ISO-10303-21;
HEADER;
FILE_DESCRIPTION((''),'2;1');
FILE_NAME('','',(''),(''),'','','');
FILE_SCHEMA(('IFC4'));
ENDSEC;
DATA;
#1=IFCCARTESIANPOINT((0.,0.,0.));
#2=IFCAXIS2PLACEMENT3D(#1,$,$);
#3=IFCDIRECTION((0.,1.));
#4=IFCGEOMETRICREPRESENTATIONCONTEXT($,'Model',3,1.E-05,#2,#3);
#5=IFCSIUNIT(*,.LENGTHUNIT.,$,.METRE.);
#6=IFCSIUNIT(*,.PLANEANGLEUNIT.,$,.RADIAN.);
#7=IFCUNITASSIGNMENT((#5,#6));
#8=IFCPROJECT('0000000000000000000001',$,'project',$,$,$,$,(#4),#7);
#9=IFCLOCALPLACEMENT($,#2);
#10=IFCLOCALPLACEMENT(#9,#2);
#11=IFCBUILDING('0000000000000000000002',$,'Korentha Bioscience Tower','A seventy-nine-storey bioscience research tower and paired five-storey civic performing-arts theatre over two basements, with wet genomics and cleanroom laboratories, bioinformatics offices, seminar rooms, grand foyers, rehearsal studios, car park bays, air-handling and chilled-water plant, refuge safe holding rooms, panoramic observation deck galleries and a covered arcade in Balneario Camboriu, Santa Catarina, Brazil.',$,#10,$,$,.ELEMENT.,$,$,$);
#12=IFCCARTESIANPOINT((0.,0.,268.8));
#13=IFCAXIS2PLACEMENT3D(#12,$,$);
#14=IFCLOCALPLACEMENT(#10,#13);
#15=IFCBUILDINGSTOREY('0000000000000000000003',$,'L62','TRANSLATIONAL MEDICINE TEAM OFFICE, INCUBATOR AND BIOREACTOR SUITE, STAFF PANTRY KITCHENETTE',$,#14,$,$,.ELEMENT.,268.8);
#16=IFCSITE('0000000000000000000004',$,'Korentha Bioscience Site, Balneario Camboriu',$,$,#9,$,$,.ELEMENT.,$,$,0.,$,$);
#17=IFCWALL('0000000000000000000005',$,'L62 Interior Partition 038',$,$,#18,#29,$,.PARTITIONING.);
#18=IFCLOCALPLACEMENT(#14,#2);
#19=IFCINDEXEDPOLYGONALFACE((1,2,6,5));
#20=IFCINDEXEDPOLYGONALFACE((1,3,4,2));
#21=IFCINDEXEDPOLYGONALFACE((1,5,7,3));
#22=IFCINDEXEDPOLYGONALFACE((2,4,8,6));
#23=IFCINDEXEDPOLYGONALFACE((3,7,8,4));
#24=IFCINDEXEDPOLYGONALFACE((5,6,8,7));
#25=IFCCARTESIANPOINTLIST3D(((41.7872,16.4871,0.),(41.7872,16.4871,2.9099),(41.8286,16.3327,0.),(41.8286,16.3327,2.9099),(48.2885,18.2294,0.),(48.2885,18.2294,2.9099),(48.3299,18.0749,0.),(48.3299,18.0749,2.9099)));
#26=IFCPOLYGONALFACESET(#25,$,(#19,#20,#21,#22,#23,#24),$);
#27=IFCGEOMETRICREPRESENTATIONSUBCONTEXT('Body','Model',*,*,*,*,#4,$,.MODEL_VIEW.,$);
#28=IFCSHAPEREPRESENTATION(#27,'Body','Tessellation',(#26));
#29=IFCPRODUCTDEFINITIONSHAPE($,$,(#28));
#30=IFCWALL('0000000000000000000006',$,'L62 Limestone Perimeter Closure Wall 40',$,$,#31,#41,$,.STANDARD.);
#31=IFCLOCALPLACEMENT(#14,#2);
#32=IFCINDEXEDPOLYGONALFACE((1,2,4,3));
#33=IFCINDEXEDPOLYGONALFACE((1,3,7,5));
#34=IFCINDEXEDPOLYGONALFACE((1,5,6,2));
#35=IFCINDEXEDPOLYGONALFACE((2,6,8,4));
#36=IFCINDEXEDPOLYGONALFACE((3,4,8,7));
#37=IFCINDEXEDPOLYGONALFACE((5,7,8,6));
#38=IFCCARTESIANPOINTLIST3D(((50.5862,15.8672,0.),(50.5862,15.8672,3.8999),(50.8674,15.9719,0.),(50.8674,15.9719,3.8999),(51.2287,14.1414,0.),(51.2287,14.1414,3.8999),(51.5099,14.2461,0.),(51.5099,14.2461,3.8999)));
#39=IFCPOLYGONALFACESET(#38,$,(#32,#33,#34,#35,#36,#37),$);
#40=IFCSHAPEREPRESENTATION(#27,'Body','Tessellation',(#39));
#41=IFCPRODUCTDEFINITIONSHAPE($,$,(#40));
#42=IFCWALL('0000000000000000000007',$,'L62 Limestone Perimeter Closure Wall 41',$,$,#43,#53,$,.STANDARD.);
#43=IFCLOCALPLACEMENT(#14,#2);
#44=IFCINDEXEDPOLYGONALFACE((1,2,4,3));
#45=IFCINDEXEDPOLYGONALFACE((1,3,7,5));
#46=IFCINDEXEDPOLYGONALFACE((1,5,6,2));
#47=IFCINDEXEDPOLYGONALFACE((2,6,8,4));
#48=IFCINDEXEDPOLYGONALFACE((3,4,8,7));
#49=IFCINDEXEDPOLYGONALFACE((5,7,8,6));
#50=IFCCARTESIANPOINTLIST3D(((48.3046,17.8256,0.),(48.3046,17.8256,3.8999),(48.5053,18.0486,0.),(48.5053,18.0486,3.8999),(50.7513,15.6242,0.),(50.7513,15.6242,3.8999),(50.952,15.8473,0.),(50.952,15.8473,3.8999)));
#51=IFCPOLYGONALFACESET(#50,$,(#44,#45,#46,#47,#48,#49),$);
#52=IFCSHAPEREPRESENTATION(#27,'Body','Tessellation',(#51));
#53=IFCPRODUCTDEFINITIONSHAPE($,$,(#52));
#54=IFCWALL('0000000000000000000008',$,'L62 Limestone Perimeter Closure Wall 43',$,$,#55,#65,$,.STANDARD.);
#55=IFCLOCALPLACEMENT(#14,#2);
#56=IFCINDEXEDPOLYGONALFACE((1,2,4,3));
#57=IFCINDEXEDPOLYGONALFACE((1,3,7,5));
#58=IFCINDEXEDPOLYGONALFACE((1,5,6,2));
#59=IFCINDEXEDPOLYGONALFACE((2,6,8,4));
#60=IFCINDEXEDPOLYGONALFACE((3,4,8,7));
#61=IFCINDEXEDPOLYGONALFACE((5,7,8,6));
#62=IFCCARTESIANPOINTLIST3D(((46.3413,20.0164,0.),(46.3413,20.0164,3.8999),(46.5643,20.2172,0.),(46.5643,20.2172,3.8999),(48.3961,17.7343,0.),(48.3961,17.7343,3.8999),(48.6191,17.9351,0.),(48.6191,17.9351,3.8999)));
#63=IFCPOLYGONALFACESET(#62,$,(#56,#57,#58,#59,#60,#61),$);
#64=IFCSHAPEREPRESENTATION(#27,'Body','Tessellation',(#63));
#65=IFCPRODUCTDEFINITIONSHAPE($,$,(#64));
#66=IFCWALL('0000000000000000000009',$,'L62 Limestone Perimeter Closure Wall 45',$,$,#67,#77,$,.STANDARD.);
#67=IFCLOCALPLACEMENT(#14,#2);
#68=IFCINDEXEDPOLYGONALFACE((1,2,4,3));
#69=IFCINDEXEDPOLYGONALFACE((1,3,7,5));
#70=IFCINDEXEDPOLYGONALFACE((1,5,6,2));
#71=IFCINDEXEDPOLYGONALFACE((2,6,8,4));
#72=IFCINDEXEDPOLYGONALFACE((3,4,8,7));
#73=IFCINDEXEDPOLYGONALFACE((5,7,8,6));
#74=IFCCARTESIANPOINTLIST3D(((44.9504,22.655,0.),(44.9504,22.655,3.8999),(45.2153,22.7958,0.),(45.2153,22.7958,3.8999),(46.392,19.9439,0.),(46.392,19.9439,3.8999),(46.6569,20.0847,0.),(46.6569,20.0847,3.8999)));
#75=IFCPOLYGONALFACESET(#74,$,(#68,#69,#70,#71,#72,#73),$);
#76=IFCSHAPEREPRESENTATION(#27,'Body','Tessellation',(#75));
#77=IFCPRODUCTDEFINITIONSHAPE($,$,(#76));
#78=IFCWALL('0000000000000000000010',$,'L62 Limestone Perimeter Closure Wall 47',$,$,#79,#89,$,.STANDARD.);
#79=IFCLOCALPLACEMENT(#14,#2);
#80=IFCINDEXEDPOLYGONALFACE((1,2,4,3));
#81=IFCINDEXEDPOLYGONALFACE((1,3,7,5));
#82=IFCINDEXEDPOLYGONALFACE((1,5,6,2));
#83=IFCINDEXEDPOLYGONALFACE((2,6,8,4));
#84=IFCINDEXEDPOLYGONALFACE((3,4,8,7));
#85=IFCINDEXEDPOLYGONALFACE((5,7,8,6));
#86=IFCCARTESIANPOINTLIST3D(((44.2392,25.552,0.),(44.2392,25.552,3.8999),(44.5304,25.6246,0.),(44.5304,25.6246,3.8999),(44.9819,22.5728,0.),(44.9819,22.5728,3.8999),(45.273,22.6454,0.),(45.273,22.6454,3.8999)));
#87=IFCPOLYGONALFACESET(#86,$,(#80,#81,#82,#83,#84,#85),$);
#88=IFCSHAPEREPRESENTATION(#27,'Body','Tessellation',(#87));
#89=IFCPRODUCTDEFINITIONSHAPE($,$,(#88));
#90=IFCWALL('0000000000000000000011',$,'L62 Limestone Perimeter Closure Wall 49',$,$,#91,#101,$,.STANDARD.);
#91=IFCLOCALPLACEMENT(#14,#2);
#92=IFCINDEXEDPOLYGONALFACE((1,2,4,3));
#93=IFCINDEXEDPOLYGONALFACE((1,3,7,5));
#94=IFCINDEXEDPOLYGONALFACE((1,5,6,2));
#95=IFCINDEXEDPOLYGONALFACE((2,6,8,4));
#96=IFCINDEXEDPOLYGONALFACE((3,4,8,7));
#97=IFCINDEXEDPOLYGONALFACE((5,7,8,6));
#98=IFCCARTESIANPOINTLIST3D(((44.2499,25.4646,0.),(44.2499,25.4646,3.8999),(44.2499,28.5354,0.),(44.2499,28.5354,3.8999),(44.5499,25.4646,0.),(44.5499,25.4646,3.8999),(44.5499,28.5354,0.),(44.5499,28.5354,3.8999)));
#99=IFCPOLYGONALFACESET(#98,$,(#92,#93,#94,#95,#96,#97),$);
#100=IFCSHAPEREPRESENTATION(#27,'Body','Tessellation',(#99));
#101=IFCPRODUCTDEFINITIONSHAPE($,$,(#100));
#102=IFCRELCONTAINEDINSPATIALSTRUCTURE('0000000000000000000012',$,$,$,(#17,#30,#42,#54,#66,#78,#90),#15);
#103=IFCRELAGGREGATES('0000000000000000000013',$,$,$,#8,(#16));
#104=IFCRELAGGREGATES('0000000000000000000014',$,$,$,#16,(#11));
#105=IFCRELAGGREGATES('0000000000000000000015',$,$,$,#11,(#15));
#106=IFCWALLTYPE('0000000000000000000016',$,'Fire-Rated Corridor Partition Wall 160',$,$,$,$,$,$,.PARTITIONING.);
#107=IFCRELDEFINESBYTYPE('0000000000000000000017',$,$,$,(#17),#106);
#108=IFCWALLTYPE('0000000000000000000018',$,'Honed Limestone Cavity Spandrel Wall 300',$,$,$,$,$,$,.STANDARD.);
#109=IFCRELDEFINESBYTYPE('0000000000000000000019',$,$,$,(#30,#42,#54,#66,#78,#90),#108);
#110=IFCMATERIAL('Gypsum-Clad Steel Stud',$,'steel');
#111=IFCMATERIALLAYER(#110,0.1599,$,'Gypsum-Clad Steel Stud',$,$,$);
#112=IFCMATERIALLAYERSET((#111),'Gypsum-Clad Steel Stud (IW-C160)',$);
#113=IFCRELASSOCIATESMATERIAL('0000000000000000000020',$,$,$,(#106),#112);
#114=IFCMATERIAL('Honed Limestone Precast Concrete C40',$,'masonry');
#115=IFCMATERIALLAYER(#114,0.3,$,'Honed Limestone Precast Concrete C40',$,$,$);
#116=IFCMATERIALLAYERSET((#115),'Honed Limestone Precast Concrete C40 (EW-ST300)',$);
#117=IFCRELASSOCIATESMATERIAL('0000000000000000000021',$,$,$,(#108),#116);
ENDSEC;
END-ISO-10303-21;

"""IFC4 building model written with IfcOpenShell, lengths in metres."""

from ifc_helpers import new_model, si_unit, direction, frame, frame_2d, origin, place, context, subcontext, project, spatial, rectangle, extrude, material, layer, layer_set, type_object, element, save


model = new_model("IFC4")

# Units and contexts
model_context = context("Model", 3, precision=1e-05, world=origin(), true_north=direction((0.0, 1.0)))
body_context = subcontext(model_context, "Body", "Model", "MODEL_VIEW")
ifc_project = project(units=[si_unit("LENGTHUNIT", "METRE"), si_unit("PLANEANGLEUNIT", "RADIAN")], contexts=[model_context])

# Site, building, storey
site_placement = place(None, origin())
site = spatial("IfcSite", under=ifc_project, at=site_placement, Name="Korentha Bioscience Site, Balneario Camboriu", CompositionType="ELEMENT", RefElevation=0.0)
building_placement = place(site_placement, origin())
building = spatial("IfcBuilding", under=site, at=building_placement, Name="Korentha Bioscience Tower", Description="A seventy-nine-storey bioscience research tower and paired five-storey civic performing-arts theatre over two basements, with wet genomics and cleanroom laboratories, bioinformatics offices, seminar rooms, grand foyers, rehearsal studios, car park bays, air-handling and chilled-water plant, refuge safe holding rooms, panoramic observation deck galleries and a covered arcade in Balneario Camboriu, Santa Catarina, Brazil.", CompositionType="ELEMENT")
storey_placement = place(building_placement, frame((0.0, 0.0, 268.8)))
storey = spatial("IfcBuildingStorey", under=building, at=storey_placement, Name="L62", Description="TRANSLATIONAL MEDICINE TEAM OFFICE, INCUBATOR AND BIOREACTOR SUITE, STAFF PANTRY KITCHENETTE", CompositionType="ELEMENT", Elevation=268.8)

# Shared definitions
ifc_material_1 = material(Name="Gypsum-Clad Steel Stud", Category="steel")
ifc_layer_1 = layer(ifc_material_1, 0.1599, Name="Gypsum-Clad Steel Stud")
ifc_layer_set_1 = layer_set([ifc_layer_1], Name="Gypsum-Clad Steel Stud (IW-C160)")
wall_type_1 = type_object("IfcWallType", Name="Fire-Rated Corridor Partition Wall 160", PredefinedType="PARTITIONING", material=ifc_layer_set_1)

# Walls
wall_1_placement = place(storey_placement, frame((48.3091, 18.1521, 0.0), z_axis=(0.0, 0.0, 1.0), x_axis=(-0.965919, -0.258845, 0.0)))
element("IfcWall", 1, at=wall_1_placement, inside=storey, type_object=wall_type_1, Name="L62 Interior Partition 038", PredefinedType="PARTITIONING", context=body_context, shape_type="SweptSolid", body=[
    extrude(rectangle(XDim=6.7307, YDim=0.1599, at=frame_2d((3.3652, 0.0))), origin(), (0.0, 0.0, 1.0), 2.9099),
])
ifc_material_2 = material(Name="Honed Limestone Precast Concrete C40", Category="masonry")
ifc_layer_2 = layer(ifc_material_2, 0.3, Name="Honed Limestone Precast Concrete C40")
ifc_layer_set_2 = layer_set([ifc_layer_2], Name="Honed Limestone Precast Concrete C40 (EW-ST300)")
wall_type_2 = type_object("IfcWallType", Name="Honed Limestone Cavity Spandrel Wall 300", PredefinedType="STANDARD", material=ifc_layer_set_2)
wall_2_placement = place(storey_placement, frame((51.3694, 14.1936, 0.0), z_axis=(0.0, 0.0, 1.0), x_axis=(-0.348929, 0.937149, 0.0)))
element("IfcWall", 2, at=wall_2_placement, inside=storey, type_object=wall_type_2, Name="L62 Limestone Perimeter Closure Wall 40", PredefinedType="STANDARD", context=body_context, shape_type="SweptSolid", body=[
    extrude(rectangle(XDim=1.8416, YDim=0.3, at=frame_2d((0.9209, 0.0))), origin(), (0.0, 0.0, 1.0), 3.8999),
])
wall_3_placement = place(storey_placement, frame((50.8516, 15.7358, 0.0), z_axis=(0.0, 0.0, 1.0), x_axis=(-0.743397, 0.66885, 0.0)))
element("IfcWall", 3, at=wall_3_placement, inside=storey, type_object=wall_type_2, Name="L62 Limestone Perimeter Closure Wall 41", PredefinedType="STANDARD", context=body_context, shape_type="SweptSolid", body=[
    extrude(rectangle(XDim=3.2913, YDim=0.3, at=frame_2d((1.6455, 0.0))), origin(), (0.0, 0.0, 1.0), 3.8999),
])
wall_4_placement = place(storey_placement, frame((48.5076, 17.8347, 0.0), z_axis=(0.0, 0.0, 1.0), x_axis=(-0.669127, 0.743148, 0.0)))
element("IfcWall", 4, at=wall_4_placement, inside=storey, type_object=wall_type_2, Name="L62 Limestone Perimeter Closure Wall 43", PredefinedType="STANDARD", context=body_context, shape_type="SweptSolid", body=[
    extrude(rectangle(XDim=3.0708, YDim=0.3, at=frame_2d((1.5354, 0.0))), origin(), (0.0, 0.0, 1.0), 3.8999),
])
wall_5_placement = place(storey_placement, frame((46.5244, 20.0144, 0.0), z_axis=(0.0, 0.0, 1.0), x_axis=(-0.469494, 0.882936, 0.0)))
element("IfcWall", 5, at=wall_5_placement, inside=storey, type_object=wall_type_2, Name="L62 Limestone Perimeter Closure Wall 45", PredefinedType="STANDARD", context=body_context, shape_type="SweptSolid", body=[
    extrude(rectangle(XDim=3.0706, YDim=0.3, at=frame_2d((1.5352, 0.0))), origin(), (0.0, 0.0, 1.0), 3.8999),
])
wall_6_placement = place(storey_placement, frame((45.1274, 22.6091, 0.0), z_axis=(0.0, 0.0, 1.0), x_axis=(-0.241881, 0.970306, 0.0)))
element("IfcWall", 6, at=wall_6_placement, inside=storey, type_object=wall_type_2, Name="L62 Limestone Perimeter Closure Wall 47", PredefinedType="STANDARD", context=body_context, shape_type="SweptSolid", body=[
    extrude(rectangle(XDim=3.0703, YDim=0.3, at=frame_2d((1.5352, 0.0))), origin(), (0.0, 0.0, 1.0), 3.8999),
])
wall_7_placement = place(storey_placement, frame((44.3999, 25.4646, 0.0), z_axis=(0.0, 0.0, 1.0), x_axis=(0.0, 1.0, 0.0)))
element("IfcWall", 7, at=wall_7_placement, inside=storey, type_object=wall_type_2, Name="L62 Limestone Perimeter Closure Wall 49", PredefinedType="STANDARD", context=body_context, shape_type="SweptSolid", body=[
    extrude(rectangle(XDim=3.0708, YDim=0.3, at=frame_2d((1.5354, 0.0))), origin(), (0.0, 0.0, 1.0), 3.8999),
])

save(model, "model.ifc")
